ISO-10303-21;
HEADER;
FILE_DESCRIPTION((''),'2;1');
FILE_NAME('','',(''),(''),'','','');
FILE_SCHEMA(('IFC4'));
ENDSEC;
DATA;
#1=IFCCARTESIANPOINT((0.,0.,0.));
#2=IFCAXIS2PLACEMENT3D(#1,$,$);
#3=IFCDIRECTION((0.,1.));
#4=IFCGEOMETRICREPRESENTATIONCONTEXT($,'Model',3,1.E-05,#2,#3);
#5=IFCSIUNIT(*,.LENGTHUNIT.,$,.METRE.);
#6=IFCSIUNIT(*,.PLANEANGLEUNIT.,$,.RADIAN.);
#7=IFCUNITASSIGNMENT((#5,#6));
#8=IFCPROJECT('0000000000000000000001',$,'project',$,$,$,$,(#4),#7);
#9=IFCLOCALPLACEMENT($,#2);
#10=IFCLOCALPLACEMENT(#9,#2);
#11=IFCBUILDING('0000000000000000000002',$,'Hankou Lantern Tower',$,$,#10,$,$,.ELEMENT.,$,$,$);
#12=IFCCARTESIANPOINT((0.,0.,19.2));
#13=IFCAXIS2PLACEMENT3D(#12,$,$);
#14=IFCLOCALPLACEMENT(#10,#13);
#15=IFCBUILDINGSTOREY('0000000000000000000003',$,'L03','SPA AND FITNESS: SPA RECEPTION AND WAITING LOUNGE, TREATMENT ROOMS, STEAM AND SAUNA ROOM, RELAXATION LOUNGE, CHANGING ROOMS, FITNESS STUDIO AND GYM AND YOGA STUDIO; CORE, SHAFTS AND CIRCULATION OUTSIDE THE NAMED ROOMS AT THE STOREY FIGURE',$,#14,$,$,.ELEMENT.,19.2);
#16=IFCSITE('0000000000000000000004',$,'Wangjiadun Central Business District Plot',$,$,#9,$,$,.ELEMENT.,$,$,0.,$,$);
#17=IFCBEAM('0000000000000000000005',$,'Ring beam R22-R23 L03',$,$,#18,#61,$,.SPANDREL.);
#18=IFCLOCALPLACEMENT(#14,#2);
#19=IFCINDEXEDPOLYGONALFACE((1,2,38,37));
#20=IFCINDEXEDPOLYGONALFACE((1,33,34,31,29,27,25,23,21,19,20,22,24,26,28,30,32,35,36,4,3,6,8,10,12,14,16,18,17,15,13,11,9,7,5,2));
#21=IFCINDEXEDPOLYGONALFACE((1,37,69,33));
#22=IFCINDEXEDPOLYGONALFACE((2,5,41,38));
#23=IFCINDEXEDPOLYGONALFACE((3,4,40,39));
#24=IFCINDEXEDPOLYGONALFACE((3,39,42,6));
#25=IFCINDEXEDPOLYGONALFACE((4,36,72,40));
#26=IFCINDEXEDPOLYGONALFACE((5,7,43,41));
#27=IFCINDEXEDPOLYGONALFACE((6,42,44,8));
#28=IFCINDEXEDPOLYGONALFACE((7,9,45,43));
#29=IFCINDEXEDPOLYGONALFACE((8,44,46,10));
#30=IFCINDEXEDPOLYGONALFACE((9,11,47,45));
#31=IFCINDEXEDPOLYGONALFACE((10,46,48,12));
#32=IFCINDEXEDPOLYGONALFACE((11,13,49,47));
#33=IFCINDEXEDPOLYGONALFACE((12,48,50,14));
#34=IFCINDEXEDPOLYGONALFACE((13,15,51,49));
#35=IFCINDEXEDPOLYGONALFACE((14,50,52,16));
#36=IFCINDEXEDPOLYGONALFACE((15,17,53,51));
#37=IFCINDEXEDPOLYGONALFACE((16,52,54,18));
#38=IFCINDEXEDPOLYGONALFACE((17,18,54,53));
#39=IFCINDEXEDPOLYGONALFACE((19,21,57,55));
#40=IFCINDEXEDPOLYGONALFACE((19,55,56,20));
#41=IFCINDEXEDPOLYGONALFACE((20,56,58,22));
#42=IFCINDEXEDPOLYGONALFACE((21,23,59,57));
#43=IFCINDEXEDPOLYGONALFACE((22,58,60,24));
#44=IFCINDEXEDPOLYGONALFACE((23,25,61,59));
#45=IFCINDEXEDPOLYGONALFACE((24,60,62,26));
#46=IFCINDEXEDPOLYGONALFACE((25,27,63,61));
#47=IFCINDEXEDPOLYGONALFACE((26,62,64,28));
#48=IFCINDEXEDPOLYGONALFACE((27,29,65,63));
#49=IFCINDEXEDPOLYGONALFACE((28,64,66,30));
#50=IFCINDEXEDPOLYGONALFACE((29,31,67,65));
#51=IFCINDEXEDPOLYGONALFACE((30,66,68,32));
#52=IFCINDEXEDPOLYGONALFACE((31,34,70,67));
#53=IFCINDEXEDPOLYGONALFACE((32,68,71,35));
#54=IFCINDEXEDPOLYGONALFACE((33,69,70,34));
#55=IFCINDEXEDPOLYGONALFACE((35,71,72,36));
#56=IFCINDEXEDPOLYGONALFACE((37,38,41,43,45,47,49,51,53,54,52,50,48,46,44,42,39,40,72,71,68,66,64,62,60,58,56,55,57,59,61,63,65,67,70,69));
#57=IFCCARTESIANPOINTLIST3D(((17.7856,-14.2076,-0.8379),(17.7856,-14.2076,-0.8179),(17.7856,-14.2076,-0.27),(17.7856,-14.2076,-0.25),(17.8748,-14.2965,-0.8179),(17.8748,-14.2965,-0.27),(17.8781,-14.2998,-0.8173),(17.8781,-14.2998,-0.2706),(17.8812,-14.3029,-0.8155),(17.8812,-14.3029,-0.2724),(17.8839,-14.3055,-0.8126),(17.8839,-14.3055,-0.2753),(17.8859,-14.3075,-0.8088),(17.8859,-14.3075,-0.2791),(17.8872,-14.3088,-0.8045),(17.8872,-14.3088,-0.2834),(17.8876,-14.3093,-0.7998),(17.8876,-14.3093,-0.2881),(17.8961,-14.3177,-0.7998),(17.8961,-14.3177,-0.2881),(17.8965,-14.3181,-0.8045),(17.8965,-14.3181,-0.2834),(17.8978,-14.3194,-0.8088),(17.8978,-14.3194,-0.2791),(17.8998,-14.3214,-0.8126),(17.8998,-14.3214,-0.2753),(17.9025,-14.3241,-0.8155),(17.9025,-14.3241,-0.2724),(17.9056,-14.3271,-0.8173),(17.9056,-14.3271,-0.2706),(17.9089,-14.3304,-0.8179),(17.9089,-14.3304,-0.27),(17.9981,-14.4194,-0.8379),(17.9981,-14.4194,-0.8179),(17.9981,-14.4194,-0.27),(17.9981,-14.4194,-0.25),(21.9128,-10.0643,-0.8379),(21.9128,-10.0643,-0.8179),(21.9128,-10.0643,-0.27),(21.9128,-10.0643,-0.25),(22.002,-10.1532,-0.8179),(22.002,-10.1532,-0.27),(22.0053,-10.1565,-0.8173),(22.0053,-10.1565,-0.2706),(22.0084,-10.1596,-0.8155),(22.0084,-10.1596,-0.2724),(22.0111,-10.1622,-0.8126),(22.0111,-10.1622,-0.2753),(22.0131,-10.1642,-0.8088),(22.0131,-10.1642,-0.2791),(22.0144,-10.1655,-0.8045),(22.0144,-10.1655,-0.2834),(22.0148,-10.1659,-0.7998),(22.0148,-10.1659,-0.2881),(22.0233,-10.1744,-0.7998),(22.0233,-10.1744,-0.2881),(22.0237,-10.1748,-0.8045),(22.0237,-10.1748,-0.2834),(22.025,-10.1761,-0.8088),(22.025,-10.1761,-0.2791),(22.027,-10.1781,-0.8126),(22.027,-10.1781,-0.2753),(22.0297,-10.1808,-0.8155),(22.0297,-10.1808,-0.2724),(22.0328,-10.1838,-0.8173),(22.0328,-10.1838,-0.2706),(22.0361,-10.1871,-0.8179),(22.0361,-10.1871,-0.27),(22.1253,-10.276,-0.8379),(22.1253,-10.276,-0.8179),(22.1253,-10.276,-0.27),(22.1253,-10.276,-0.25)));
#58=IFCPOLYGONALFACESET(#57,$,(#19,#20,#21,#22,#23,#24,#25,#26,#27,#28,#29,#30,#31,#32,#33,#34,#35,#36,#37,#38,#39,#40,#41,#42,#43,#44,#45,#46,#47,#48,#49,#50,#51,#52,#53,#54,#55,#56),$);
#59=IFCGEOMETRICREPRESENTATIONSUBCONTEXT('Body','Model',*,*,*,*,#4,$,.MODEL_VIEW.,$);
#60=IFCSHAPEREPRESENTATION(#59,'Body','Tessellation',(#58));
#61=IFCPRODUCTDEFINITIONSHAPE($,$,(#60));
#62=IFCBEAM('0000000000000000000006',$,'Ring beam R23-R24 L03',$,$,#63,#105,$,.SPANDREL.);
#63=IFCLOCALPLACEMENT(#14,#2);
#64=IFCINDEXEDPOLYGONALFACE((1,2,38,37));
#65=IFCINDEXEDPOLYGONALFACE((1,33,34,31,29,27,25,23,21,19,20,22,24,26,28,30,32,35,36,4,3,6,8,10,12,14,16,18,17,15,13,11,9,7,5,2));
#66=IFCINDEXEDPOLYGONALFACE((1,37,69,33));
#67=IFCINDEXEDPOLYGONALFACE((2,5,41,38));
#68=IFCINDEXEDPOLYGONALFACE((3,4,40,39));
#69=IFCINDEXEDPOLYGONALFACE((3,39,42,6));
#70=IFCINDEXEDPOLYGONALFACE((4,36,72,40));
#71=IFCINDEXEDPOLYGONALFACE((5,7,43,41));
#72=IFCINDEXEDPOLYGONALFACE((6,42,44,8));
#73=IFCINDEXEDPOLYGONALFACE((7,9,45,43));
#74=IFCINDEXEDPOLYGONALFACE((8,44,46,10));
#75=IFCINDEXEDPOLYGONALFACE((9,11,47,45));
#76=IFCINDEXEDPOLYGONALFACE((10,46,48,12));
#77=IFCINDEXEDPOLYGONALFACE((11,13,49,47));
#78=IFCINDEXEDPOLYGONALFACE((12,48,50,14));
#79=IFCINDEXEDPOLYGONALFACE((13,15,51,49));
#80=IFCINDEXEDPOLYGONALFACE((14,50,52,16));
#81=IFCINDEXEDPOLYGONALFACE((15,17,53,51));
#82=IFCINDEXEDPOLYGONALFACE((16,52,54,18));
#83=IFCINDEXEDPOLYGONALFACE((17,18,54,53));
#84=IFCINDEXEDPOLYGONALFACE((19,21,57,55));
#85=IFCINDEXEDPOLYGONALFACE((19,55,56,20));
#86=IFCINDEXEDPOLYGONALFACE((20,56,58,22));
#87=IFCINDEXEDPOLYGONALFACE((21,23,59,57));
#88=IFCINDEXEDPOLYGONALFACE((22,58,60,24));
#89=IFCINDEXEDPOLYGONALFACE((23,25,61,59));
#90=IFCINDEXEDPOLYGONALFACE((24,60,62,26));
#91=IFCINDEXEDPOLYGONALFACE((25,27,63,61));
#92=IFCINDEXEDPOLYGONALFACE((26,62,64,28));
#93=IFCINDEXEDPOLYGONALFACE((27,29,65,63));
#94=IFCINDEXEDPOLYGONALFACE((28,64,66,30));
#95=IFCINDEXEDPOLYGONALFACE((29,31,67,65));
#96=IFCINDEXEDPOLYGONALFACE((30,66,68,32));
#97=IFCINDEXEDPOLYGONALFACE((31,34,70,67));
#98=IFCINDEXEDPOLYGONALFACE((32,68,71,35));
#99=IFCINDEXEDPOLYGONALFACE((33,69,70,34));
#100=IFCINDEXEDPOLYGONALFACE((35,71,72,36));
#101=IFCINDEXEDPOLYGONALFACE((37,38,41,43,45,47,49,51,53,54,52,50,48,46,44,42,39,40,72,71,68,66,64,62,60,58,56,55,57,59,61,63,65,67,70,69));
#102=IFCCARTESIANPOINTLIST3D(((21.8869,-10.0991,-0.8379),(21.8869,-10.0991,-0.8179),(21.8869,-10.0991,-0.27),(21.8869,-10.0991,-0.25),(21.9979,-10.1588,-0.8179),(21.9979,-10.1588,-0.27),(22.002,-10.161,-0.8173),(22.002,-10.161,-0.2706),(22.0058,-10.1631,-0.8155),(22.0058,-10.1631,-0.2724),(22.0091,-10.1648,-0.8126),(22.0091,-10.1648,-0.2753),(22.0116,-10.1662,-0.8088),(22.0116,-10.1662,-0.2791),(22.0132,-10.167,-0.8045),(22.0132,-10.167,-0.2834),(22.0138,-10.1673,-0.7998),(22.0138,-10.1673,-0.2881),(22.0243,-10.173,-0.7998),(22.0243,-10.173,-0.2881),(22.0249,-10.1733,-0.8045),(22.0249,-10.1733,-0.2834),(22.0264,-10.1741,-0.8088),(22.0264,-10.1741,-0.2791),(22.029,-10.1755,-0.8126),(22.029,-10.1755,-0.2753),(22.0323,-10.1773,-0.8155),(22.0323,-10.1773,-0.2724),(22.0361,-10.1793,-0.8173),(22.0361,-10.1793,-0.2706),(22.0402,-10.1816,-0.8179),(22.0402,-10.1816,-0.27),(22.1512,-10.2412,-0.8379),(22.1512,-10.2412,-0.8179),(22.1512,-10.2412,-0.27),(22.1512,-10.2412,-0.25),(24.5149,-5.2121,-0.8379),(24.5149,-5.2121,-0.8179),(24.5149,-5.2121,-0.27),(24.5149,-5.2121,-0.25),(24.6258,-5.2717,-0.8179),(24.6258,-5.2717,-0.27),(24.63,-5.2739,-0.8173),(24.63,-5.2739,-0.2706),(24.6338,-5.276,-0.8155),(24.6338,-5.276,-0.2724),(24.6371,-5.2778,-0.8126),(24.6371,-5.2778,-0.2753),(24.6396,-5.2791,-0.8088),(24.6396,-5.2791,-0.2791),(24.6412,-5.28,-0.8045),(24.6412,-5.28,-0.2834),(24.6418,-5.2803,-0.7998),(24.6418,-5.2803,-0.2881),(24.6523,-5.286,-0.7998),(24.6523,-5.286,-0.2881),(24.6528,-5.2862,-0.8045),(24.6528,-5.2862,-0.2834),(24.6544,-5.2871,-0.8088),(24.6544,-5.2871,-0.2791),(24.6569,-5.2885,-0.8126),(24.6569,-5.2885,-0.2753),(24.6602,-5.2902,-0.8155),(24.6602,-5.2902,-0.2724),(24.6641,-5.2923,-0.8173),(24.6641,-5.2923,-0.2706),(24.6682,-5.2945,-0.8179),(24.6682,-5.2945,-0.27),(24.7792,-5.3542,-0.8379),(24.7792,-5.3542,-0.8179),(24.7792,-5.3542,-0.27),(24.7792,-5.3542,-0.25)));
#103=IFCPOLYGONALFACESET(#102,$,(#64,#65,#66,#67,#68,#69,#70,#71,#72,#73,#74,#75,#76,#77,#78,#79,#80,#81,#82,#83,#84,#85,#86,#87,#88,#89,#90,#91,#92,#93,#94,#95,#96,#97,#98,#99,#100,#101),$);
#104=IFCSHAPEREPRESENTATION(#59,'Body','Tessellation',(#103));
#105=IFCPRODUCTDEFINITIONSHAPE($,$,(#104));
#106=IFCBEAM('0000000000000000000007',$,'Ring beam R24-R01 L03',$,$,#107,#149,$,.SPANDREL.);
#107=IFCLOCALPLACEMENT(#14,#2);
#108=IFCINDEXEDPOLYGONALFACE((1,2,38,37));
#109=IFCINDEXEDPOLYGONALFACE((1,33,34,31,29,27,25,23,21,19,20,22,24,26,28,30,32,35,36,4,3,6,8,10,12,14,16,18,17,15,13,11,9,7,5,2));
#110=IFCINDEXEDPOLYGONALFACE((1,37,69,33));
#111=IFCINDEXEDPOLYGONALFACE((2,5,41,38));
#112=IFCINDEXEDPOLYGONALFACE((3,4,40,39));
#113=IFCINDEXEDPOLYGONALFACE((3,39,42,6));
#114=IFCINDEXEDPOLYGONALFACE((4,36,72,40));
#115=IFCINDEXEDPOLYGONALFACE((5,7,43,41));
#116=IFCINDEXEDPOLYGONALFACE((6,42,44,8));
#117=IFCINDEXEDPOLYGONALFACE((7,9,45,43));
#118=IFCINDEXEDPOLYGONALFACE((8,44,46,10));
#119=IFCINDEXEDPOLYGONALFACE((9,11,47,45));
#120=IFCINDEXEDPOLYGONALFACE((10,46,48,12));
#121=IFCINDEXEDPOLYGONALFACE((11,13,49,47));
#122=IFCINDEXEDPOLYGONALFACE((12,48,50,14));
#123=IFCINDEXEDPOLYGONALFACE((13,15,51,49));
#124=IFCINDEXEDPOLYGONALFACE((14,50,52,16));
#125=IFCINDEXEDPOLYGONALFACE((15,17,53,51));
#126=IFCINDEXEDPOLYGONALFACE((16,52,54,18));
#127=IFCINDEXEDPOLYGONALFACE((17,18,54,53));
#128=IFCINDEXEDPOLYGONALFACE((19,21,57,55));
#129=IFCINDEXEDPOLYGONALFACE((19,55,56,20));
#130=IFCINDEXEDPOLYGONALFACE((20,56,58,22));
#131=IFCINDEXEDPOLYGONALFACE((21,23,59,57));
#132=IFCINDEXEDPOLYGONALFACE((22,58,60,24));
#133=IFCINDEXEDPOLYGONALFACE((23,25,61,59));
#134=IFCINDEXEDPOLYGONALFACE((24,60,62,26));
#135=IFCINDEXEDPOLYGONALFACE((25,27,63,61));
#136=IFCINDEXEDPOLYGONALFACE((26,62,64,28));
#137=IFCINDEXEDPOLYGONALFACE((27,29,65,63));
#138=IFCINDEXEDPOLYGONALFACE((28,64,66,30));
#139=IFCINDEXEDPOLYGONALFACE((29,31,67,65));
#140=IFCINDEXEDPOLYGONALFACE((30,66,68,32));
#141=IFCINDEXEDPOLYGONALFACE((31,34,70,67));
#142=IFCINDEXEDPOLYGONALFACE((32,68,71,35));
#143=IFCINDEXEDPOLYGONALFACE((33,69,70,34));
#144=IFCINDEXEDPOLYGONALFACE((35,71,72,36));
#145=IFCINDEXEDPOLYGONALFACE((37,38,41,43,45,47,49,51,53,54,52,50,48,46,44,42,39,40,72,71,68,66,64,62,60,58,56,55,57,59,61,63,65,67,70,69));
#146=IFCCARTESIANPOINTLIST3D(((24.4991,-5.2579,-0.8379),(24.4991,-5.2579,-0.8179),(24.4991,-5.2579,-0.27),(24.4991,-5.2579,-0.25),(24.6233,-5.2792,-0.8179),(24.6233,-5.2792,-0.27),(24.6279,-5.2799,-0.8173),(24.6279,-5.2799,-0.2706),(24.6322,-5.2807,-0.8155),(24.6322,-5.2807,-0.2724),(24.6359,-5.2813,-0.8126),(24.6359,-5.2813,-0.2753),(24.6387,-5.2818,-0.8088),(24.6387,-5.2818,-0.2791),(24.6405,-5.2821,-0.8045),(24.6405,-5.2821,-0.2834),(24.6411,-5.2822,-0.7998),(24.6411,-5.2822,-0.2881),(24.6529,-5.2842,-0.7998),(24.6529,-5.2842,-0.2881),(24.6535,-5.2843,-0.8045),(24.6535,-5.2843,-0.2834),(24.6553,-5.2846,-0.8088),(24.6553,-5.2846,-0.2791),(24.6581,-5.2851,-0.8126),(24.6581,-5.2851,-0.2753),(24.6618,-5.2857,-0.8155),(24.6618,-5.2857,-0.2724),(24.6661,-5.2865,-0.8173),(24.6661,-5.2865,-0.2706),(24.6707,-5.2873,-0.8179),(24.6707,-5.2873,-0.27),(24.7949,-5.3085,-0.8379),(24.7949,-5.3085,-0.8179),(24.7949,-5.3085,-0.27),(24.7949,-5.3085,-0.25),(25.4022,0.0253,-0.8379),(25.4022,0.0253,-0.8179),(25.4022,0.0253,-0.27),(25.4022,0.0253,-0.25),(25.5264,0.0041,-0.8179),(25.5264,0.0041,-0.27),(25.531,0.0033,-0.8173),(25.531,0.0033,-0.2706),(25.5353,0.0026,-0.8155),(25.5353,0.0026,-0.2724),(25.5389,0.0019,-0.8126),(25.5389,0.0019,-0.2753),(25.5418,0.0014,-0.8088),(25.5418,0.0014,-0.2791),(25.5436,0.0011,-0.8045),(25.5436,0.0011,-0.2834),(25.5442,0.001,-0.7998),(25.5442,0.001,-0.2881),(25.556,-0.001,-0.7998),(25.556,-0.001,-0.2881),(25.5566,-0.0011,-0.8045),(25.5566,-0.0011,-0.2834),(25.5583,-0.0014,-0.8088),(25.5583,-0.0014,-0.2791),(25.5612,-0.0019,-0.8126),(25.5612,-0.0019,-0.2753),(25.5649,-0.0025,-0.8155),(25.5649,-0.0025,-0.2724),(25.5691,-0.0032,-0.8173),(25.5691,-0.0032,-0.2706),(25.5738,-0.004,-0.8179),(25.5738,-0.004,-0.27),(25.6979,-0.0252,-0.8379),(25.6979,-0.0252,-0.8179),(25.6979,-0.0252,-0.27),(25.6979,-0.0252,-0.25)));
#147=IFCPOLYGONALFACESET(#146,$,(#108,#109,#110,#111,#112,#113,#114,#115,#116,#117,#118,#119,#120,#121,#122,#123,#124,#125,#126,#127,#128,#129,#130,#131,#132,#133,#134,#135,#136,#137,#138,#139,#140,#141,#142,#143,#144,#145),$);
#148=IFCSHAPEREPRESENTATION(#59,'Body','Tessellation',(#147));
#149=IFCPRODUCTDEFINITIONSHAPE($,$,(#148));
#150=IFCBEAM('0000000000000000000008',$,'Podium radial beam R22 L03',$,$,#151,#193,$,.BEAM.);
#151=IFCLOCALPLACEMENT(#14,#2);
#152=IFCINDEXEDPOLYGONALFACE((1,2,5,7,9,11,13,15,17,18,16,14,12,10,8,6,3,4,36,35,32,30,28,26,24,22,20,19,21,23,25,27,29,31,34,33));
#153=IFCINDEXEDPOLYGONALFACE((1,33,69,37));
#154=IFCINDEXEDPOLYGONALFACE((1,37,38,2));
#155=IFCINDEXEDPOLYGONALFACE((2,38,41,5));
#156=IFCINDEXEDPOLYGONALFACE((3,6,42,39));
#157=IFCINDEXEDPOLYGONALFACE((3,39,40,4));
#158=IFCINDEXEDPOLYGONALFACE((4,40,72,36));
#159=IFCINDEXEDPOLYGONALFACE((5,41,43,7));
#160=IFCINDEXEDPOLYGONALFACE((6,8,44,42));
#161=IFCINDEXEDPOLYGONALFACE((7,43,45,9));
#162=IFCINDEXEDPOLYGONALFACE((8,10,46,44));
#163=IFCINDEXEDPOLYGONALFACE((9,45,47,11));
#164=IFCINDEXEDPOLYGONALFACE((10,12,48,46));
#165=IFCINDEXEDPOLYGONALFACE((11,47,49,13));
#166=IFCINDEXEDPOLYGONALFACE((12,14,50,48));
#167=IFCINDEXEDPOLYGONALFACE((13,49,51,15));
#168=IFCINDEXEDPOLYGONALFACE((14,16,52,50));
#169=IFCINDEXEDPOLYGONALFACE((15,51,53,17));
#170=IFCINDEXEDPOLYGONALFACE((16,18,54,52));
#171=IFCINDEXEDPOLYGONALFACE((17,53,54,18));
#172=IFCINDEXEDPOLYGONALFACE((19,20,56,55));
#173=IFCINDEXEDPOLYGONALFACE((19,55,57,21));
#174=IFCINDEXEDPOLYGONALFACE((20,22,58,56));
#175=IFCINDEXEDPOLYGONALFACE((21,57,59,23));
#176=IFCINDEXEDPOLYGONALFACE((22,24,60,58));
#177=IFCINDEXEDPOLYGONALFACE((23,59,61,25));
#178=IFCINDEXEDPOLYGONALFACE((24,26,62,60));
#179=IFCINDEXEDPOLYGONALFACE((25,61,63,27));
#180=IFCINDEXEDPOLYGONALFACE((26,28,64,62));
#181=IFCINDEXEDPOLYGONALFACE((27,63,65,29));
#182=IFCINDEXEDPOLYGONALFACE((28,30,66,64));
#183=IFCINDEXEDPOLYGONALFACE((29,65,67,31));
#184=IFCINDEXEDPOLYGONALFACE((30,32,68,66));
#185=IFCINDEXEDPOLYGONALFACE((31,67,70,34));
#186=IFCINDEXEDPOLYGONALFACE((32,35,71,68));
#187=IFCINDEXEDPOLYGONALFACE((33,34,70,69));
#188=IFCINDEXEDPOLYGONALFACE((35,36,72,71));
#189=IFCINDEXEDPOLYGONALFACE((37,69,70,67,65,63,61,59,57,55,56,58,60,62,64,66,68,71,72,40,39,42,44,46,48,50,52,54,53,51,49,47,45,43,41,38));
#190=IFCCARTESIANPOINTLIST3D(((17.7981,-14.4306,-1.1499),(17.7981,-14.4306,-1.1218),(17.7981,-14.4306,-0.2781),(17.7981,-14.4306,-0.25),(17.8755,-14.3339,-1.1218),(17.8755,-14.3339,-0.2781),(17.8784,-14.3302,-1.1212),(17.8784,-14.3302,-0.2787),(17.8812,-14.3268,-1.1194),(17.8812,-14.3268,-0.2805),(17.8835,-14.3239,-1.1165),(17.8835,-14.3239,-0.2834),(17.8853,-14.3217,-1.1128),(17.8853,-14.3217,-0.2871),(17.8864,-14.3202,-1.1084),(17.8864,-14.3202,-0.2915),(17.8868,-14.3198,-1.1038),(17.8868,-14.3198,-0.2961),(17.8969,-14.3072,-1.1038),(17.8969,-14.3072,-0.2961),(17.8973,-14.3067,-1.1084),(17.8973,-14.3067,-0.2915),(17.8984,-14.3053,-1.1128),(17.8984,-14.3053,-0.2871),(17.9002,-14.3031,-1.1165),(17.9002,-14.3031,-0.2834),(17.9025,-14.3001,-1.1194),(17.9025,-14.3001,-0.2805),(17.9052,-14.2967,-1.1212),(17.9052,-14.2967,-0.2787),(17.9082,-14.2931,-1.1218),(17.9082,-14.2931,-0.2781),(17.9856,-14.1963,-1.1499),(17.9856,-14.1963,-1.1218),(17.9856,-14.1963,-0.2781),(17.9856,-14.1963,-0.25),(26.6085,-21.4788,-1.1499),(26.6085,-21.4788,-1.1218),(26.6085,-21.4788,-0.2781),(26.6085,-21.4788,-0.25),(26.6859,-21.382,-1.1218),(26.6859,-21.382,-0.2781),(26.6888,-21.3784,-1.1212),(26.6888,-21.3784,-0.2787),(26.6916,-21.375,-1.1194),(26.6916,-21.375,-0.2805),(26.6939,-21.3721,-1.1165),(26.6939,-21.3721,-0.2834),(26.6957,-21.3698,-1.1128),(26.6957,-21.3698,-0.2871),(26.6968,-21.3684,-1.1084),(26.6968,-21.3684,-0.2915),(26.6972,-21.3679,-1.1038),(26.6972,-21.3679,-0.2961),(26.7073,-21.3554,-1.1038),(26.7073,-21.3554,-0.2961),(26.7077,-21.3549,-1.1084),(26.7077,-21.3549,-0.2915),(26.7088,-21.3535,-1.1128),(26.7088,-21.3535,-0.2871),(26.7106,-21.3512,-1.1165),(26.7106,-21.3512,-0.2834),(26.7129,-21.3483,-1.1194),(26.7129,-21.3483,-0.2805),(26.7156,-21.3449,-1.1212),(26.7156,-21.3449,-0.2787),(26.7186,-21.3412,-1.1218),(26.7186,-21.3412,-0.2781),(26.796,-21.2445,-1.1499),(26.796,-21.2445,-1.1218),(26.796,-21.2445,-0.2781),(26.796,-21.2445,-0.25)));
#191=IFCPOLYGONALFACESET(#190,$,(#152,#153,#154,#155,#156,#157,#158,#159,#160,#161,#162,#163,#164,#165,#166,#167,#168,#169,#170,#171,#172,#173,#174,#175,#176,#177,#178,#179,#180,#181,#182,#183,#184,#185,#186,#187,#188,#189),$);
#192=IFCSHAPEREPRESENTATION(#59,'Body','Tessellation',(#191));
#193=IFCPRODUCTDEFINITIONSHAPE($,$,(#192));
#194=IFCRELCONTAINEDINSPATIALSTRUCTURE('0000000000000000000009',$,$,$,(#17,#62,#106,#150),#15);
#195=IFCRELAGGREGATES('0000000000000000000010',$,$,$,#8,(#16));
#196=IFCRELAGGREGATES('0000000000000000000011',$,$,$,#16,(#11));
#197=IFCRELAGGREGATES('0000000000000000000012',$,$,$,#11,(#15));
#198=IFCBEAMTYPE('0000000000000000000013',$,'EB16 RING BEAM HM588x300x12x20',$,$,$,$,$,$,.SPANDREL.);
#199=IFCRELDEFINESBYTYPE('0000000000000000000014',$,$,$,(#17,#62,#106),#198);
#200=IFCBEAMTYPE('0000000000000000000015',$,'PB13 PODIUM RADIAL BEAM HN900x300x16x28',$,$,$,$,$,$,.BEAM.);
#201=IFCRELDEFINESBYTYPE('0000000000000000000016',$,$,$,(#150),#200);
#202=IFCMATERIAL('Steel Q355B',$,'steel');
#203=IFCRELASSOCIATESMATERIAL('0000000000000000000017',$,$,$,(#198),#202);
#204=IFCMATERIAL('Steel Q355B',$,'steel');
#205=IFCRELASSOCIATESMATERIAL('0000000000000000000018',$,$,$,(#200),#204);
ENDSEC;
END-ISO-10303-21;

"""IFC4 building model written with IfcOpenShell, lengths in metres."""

from ifc_helpers import new_model, si_unit, direction, frame, origin, origin_2d, place, context, subcontext, project, spatial, i_section, extrude, material, material_profile, profile_set, type_object, element, save


model = new_model("IFC4")

# Units and contexts
model_context = context("Model", 3, precision=1e-05, world=origin(), true_north=direction((0.0, 1.0)))
body_context = subcontext(model_context, "Body", "Model", "MODEL_VIEW")
ifc_project = project(units=[si_unit("LENGTHUNIT", "METRE"), si_unit("PLANEANGLEUNIT", "RADIAN")], contexts=[model_context])

# Site, building, storey
site_placement = place(None, origin())
site = spatial("IfcSite", under=ifc_project, at=site_placement, Name="Wangjiadun Central Business District Plot", CompositionType="ELEMENT", RefElevation=0.0)
building_placement = place(site_placement, origin())
building = spatial("IfcBuilding", under=site, at=building_placement, Name="Hankou Lantern Tower", CompositionType="ELEMENT")
storey_placement = place(building_placement, frame((0.0, 0.0, 19.2)))
storey = spatial("IfcBuildingStorey", under=building, at=storey_placement, Name="L03", Description="SPA AND FITNESS: SPA RECEPTION AND WAITING LOUNGE, TREATMENT ROOMS, STEAM AND SAUNA ROOM, RELAXATION LOUNGE, CHANGING ROOMS, FITNESS STUDIO AND GYM AND YOGA STUDIO; CORE, SHAFTS AND CIRCULATION OUTSIDE THE NAMED ROOMS AT THE STOREY FIGURE", CompositionType="ELEMENT", Elevation=19.2)

# Beams
ifc_material_1 = material(Name="Steel Q355B", Category="steel")
ifc_material_profile_1 = material_profile(ifc_material_1, i_section(OverallWidth=0.3, OverallDepth=0.5879, WebThickness=0.012, FlangeThickness=0.02, FilletRadius=0.0181, at=origin_2d()), Name="HM588x300x12x20")
ifc_profile_set_1 = profile_set([ifc_material_profile_1], Name="Steel Q355B")
beam_type_1 = type_object("IfcBeamType", Name="EB16 RING BEAM HM588x300x12x20", PredefinedType="SPANDREL", material=ifc_profile_set_1)
beam_1_placement = place(storey_placement, frame((17.8918, -14.3135, -0.5439), z_axis=(0.705728, 0.708483, 0.0), x_axis=(-0.708483, 0.705728, 0.0)))
element("IfcBeam", 1, at=beam_1_placement, inside=storey, type_object=beam_type_1, Name="Ring beam R22-R23 L03", PredefinedType="SPANDREL", context=body_context, shape_type="SweptSolid", body=[
    extrude(i_section(OverallWidth=0.3, OverallDepth=0.5879, WebThickness=0.012, FlangeThickness=0.02, FilletRadius=0.0181, at=origin_2d()), origin(), (0.0, 0.0, 1.0), 5.8481),
])
beam_2_placement = place(storey_placement, frame((22.019, -10.1702, -0.5439), z_axis=(0.473609, 0.880735, 0.0), x_axis=(-0.880735, 0.473609, 0.0)))
element("IfcBeam", 2, at=beam_2_placement, inside=storey, type_object=beam_type_1, Name="Ring beam R23-R24 L03", PredefinedType="SPANDREL", context=body_context, shape_type="SweptSolid", body=[
    extrude(i_section(OverallWidth=0.3, OverallDepth=0.5879, WebThickness=0.012, FlangeThickness=0.02, FilletRadius=0.0181, at=origin_2d()), origin(), (0.0, 0.0, 1.0), 5.5488),
])
beam_3_placement = place(storey_placement, frame((24.647, -5.2832, -0.5439), z_axis=(0.16849, 0.985703, 0.0), x_axis=(-0.985703, 0.16849, 0.0)))
element("IfcBeam", 3, at=beam_3_placement, inside=storey, type_object=beam_type_1, Name="Ring beam R24-R01 L03", PredefinedType="SPANDREL", context=body_context, shape_type="SweptSolid", body=[
    extrude(i_section(OverallWidth=0.3, OverallDepth=0.5879, WebThickness=0.012, FlangeThickness=0.02, FilletRadius=0.0181, at=origin_2d()), origin(), (0.0, 0.0, 1.0), 5.3599),
])
ifc_material_2 = material(Name="Steel Q355B", Category="steel")
ifc_material_profile_2 = material_profile(ifc_material_2, i_section(OverallWidth=0.3, OverallDepth=0.8999, WebThickness=0.0161, FlangeThickness=0.0281, FilletRadius=0.0181, at=origin_2d()), Name="HN900x300x16x28")
ifc_profile_set_2 = profile_set([ifc_material_profile_2], Name="Steel Q355B")
beam_type_2 = type_object("IfcBeamType", Name="PB13 PODIUM RADIAL BEAM HN900x300x16x28", PredefinedType="BEAM", material=ifc_profile_set_2)
beam_4_placement = place(storey_placement, frame((17.8918, -14.3135, -0.7), z_axis=(0.780875, -0.624687, 0.0), x_axis=(0.624687, 0.780875, 0.0)))
element("IfcBeam", 4, at=beam_4_placement, inside=storey, type_object=beam_type_2, Name="Podium radial beam R22 L03", PredefinedType="BEAM", context=body_context, shape_type="SweptSolid", body=[
    extrude(i_section(OverallWidth=0.3, OverallDepth=0.8999, WebThickness=0.0161, FlangeThickness=0.0281, FilletRadius=0.0181, at=origin_2d()), origin(), (0.0, 0.0, 1.0), 11.2827),
])

save(model, "model.ifc")
